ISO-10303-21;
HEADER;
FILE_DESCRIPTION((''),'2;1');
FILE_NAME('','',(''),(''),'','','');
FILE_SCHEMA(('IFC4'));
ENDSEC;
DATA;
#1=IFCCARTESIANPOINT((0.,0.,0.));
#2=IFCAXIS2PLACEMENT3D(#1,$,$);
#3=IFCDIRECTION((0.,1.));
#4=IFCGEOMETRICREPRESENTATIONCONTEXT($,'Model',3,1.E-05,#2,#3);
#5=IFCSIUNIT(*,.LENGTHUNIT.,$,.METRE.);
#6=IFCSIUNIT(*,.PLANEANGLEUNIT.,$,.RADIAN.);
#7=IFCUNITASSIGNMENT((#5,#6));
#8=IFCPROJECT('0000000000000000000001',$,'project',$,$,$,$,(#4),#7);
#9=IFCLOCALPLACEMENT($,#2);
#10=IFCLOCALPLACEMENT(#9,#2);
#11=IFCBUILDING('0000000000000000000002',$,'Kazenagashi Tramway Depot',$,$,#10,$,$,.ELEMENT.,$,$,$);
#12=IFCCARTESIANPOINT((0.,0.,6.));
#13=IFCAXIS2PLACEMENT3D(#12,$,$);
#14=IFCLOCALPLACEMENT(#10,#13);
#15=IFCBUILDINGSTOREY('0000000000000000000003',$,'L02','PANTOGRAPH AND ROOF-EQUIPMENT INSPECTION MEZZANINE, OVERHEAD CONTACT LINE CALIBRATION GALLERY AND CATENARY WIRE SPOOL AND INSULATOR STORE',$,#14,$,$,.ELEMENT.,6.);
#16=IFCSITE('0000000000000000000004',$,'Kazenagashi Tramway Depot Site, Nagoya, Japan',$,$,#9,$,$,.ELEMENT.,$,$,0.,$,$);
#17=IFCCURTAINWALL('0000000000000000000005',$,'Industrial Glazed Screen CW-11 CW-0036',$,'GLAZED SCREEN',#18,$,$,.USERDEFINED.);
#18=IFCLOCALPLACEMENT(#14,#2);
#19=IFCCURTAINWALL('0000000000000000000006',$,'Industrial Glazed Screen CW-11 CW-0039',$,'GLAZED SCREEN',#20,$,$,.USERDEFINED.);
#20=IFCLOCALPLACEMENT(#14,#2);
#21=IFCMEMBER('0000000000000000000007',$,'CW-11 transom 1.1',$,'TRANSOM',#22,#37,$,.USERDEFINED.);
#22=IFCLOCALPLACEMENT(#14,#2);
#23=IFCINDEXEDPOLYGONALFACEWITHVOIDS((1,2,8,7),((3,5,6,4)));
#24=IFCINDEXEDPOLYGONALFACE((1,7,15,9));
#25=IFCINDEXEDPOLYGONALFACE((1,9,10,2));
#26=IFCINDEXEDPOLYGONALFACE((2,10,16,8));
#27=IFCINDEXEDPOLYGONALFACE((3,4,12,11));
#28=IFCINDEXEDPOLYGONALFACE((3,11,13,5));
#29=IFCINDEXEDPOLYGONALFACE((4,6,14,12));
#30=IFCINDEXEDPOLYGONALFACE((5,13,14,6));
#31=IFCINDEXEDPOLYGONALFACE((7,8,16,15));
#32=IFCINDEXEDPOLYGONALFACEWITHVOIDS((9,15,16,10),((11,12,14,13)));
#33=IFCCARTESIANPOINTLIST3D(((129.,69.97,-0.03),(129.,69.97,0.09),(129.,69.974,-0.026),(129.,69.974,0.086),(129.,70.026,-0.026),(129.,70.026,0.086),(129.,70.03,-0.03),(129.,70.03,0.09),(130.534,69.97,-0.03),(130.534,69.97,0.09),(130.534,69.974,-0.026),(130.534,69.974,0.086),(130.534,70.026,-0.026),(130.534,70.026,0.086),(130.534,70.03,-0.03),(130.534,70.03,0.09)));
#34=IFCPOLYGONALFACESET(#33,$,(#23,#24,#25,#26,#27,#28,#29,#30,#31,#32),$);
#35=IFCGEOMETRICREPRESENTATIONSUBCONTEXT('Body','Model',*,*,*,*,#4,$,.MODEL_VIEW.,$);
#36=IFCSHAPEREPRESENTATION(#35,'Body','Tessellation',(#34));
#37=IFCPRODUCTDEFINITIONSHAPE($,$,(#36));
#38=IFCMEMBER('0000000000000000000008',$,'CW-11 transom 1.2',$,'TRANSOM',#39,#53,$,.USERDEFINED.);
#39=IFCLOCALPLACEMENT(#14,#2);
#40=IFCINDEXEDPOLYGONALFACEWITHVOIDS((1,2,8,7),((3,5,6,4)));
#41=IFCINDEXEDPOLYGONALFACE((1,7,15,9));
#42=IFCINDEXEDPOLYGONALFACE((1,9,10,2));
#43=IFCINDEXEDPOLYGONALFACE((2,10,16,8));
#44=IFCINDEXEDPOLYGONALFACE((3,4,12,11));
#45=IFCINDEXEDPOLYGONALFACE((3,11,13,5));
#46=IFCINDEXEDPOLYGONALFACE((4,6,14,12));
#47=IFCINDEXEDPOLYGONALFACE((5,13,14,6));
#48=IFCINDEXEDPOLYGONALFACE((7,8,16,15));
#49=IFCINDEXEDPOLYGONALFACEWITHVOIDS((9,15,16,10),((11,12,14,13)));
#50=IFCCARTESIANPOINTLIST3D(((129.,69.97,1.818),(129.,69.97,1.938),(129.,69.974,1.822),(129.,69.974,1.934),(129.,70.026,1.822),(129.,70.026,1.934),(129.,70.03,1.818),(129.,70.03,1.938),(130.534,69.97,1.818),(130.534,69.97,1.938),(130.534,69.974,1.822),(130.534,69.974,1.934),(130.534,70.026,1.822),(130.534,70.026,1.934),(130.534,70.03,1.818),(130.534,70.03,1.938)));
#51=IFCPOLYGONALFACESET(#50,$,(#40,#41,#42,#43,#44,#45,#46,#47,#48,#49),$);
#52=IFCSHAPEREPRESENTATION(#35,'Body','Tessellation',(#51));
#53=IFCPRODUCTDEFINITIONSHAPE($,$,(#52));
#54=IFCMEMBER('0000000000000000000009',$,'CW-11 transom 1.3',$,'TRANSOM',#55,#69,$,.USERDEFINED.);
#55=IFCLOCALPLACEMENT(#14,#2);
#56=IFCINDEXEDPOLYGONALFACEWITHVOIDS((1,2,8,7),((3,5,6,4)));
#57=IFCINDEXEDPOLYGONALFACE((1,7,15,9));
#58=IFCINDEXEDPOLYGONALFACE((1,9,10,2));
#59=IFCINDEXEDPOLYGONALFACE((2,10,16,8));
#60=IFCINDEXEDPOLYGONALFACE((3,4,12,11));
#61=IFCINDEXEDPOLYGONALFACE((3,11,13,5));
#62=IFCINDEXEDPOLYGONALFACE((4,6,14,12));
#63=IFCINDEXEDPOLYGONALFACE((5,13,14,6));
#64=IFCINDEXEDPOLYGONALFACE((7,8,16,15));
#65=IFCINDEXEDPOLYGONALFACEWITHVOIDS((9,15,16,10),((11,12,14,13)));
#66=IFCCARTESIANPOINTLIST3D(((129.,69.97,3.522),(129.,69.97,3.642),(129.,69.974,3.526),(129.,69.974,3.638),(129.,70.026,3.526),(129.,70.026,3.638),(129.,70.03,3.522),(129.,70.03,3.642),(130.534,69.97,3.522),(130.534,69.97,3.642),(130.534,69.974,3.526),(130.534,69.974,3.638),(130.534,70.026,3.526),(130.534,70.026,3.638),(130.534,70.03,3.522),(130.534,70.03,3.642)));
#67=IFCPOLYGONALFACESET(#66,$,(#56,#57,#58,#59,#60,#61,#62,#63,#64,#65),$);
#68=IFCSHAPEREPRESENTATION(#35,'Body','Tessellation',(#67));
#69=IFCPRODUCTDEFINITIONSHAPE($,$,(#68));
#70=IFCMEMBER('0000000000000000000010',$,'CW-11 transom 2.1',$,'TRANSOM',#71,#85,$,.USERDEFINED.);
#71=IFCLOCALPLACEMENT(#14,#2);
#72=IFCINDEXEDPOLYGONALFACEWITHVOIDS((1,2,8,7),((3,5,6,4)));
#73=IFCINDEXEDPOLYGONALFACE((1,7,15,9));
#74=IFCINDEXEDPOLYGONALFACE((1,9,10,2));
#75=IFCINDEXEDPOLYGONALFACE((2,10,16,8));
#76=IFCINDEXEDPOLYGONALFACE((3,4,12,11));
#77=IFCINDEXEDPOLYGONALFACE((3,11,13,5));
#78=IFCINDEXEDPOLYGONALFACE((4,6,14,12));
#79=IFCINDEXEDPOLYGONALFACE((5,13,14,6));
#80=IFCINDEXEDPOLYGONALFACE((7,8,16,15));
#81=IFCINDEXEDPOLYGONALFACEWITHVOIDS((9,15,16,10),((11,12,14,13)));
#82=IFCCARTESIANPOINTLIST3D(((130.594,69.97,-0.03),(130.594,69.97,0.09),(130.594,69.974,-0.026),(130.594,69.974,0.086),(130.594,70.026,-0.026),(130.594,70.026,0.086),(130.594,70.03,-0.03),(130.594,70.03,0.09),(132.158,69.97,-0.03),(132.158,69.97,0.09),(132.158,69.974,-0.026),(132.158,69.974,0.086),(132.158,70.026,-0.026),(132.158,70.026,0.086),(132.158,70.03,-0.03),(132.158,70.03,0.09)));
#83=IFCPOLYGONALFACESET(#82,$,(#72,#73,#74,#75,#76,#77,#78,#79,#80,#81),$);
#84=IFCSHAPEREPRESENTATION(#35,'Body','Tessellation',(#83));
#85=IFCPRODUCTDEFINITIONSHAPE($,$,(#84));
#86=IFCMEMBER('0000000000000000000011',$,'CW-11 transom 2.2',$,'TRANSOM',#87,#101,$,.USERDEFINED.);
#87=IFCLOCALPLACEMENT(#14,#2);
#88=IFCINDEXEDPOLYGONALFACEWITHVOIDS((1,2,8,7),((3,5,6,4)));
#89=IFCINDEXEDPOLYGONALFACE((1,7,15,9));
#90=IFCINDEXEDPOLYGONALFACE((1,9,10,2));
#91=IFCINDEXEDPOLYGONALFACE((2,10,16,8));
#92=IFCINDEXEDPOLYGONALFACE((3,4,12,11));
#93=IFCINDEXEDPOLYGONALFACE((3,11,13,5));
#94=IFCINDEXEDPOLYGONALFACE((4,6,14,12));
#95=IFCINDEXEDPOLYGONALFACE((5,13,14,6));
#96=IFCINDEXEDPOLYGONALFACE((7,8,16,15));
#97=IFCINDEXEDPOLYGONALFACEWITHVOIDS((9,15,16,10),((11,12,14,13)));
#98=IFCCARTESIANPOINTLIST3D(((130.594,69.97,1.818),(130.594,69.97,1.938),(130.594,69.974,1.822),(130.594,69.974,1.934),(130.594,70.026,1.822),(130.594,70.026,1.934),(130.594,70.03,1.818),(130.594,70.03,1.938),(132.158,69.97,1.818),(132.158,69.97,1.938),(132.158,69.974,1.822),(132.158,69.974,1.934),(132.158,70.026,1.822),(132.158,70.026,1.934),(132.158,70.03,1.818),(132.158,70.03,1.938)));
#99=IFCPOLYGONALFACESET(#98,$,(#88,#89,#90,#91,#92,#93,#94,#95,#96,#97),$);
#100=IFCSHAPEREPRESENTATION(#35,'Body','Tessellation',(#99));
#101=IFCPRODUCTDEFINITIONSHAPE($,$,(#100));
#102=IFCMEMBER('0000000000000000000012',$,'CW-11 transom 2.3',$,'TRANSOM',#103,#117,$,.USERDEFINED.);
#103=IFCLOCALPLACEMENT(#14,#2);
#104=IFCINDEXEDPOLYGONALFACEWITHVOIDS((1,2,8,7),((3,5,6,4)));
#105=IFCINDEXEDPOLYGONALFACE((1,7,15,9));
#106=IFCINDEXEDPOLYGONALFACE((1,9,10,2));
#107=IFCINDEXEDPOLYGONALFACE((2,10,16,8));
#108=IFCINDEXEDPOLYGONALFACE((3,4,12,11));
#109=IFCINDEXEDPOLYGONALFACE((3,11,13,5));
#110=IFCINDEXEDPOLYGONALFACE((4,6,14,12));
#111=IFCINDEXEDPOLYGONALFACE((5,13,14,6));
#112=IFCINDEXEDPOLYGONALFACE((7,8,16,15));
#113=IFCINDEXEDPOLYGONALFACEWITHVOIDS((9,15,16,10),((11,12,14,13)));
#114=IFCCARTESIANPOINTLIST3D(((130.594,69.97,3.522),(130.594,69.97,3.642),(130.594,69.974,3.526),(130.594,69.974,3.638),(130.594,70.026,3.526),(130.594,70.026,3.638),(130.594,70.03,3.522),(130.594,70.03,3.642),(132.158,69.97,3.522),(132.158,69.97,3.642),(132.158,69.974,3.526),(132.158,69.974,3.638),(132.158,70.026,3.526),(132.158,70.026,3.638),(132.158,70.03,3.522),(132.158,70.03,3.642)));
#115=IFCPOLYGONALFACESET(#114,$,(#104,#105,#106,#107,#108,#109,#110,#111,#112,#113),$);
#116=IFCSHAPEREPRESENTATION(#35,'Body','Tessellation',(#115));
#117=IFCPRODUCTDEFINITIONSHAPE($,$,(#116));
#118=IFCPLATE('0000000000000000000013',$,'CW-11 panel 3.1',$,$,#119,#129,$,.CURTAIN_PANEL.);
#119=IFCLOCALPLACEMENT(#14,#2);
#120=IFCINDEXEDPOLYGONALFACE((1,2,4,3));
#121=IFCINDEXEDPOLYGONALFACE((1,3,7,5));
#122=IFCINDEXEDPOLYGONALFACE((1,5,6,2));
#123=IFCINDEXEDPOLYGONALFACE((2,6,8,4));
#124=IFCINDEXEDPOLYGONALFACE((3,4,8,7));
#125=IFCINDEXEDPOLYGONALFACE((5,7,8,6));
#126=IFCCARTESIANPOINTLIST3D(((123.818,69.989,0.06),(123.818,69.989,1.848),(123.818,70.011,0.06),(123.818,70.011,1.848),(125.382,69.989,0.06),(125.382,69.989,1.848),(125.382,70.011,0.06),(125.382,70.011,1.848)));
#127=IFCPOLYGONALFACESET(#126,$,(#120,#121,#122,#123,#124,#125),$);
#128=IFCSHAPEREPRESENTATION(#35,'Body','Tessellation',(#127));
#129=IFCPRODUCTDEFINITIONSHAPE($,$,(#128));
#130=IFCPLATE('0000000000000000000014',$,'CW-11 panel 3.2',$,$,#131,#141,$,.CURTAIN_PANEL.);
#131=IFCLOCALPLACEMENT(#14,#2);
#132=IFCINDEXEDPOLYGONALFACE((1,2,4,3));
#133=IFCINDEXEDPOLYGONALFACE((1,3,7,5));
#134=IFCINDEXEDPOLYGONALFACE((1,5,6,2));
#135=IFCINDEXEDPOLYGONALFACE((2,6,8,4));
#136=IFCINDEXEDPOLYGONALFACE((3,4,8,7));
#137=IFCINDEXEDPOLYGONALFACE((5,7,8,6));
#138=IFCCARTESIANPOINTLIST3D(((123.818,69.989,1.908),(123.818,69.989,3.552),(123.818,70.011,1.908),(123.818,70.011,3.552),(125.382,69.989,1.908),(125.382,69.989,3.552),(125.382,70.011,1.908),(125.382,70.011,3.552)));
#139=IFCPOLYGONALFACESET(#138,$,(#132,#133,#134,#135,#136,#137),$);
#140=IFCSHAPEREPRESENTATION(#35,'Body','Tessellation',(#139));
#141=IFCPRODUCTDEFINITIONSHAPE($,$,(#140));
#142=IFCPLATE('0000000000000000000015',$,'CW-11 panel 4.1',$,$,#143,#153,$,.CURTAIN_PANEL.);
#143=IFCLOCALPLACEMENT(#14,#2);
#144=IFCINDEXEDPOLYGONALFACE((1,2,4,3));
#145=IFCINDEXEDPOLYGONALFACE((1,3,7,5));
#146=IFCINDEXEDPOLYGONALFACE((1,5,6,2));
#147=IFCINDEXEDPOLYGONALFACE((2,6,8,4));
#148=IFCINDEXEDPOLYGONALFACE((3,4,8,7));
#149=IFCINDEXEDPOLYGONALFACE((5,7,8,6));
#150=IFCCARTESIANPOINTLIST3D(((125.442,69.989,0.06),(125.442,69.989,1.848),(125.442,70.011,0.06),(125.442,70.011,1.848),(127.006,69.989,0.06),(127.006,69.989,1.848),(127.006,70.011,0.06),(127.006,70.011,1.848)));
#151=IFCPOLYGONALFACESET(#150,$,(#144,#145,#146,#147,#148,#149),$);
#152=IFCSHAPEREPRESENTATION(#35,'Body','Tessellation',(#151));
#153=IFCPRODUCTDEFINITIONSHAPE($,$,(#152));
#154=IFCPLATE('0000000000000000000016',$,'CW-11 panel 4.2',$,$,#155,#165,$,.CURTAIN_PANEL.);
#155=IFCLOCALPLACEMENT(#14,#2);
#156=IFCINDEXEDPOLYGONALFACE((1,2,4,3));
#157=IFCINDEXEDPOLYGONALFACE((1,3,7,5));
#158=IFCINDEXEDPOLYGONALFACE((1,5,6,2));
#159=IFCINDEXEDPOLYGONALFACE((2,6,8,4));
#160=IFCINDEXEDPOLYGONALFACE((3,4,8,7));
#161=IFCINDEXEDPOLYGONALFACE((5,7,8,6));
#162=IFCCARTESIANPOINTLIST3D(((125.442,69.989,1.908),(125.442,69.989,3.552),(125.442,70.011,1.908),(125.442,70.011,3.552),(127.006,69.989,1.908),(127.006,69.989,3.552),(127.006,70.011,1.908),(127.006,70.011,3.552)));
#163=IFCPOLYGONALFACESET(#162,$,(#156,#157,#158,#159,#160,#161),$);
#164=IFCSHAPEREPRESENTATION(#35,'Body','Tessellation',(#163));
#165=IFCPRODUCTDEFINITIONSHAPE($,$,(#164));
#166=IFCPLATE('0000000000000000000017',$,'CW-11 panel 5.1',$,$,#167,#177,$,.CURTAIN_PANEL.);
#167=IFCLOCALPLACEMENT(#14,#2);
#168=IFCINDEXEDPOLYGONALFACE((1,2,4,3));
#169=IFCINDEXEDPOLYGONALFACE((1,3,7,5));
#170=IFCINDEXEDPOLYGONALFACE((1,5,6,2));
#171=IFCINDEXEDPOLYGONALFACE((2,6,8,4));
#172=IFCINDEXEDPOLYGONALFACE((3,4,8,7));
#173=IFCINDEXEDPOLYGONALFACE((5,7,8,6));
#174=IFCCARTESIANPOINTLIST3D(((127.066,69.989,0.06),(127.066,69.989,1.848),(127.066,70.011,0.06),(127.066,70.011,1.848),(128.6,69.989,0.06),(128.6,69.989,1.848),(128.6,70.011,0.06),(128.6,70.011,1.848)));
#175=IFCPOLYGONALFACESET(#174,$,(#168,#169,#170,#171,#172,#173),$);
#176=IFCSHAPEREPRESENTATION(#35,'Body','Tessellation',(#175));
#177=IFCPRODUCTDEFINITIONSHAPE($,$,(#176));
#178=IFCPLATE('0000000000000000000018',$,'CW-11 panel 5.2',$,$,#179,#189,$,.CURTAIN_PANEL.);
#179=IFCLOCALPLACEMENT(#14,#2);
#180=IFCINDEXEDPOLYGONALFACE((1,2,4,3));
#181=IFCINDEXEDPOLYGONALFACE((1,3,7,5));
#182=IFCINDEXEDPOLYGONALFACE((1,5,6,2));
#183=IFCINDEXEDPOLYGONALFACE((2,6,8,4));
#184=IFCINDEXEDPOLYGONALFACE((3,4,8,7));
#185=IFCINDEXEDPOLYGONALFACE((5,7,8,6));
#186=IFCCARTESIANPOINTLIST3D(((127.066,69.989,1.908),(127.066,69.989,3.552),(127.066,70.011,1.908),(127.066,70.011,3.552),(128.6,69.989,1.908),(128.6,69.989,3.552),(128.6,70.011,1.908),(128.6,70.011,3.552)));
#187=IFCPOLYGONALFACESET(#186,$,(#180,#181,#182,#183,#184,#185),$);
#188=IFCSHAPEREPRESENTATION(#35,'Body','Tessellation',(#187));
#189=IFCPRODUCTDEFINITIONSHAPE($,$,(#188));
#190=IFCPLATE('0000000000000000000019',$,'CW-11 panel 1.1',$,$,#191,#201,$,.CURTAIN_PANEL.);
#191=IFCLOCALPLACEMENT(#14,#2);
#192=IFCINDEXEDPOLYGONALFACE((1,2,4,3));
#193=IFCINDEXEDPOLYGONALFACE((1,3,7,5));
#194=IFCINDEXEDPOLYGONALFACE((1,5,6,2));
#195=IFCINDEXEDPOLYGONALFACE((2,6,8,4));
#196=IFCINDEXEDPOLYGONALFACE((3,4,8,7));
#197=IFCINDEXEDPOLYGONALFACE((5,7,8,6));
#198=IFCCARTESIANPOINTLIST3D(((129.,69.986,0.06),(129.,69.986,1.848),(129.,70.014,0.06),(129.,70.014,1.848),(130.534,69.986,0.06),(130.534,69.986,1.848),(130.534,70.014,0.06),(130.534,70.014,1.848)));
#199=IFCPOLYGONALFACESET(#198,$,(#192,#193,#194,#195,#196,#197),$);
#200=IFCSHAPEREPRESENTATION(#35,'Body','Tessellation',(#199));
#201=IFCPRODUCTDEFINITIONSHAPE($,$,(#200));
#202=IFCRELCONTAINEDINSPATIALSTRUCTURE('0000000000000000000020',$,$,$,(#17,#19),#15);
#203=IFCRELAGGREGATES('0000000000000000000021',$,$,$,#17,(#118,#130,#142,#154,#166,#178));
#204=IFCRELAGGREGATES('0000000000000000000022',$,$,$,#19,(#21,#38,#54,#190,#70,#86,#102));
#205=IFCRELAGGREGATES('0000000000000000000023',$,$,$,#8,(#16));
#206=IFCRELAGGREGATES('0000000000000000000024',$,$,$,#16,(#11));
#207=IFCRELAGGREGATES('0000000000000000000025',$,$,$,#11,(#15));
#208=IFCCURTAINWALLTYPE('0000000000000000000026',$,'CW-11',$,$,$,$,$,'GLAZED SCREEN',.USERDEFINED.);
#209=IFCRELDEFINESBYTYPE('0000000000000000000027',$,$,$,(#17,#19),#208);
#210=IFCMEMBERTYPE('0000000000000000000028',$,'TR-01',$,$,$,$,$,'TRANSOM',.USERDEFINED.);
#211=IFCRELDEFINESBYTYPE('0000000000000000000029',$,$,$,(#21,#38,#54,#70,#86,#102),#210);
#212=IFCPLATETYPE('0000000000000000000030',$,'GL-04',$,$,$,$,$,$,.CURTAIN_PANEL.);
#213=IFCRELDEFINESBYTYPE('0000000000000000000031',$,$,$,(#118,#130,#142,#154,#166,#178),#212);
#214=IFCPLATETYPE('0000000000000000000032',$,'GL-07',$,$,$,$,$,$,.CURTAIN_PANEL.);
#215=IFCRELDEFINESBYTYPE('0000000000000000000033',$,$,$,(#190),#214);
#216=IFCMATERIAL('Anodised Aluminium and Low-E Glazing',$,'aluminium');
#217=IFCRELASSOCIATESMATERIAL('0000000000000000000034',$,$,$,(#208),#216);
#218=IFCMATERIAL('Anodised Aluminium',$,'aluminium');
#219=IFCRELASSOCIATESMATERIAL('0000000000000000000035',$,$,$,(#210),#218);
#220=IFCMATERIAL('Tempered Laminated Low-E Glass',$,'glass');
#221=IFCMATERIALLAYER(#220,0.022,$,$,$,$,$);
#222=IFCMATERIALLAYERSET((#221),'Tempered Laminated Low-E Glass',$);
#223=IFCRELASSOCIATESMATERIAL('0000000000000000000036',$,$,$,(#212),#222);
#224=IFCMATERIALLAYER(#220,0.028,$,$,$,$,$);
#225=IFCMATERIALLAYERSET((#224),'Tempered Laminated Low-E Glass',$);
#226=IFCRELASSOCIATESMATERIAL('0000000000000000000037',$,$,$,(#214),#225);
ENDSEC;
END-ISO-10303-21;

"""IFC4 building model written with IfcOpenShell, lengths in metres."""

from ifc_helpers import new_model, si_unit, direction, frame, origin, origin_2d, place, context, subcontext, project, spatial, rectangle, hollow_rectangle, extrude, material, layer, layer_set, material_profile, profile_set, type_object, element, aggregate, save


model = new_model("IFC4")

# Units and contexts
model_context = context("Model", 3, precision=1e-05, world=origin(), true_north=direction((0.0, 1.0)))
body_context = subcontext(model_context, "Body", "Model", "MODEL_VIEW")
ifc_project = project(units=[si_unit("LENGTHUNIT", "METRE"), si_unit("PLANEANGLEUNIT", "RADIAN")], contexts=[model_context])

# Site, building, storey
site_placement = place(None, origin())
site = spatial("IfcSite", under=ifc_project, at=site_placement, Name="Kazenagashi Tramway Depot Site, Nagoya, Japan", CompositionType="ELEMENT", RefElevation=0.0)
building_placement = place(site_placement, origin())
building = spatial("IfcBuilding", under=site, at=building_placement, Name="Kazenagashi Tramway Depot", CompositionType="ELEMENT")
storey_placement = place(building_placement, frame((0.0, 0.0, 6.0)))
storey = spatial("IfcBuildingStorey", under=building, at=storey_placement, Name="L02", Description="PANTOGRAPH AND ROOF-EQUIPMENT INSPECTION MEZZANINE, OVERHEAD CONTACT LINE CALIBRATION GALLERY AND CATENARY WIRE SPOOL AND INSULATOR STORE", CompositionType="ELEMENT", Elevation=6.0)

# Curtain walls
ifc_material_1 = material(Name="Anodised Aluminium and Low-E Glazing", Category="aluminium")
curtain_wall_type = type_object("IfcCurtainWallType", Name="CW-11", ElementType="GLAZED SCREEN", PredefinedType="USERDEFINED", material=ifc_material_1)
curtain_wall_1_placement = place(storey_placement, origin())
curtain_wall_1 = element("IfcCurtainWall", 1, at=curtain_wall_1_placement, inside=storey, type_object=curtain_wall_type, Name="Industrial Glazed Screen CW-11 CW-0036", ObjectType="GLAZED SCREEN", PredefinedType="USERDEFINED")
ifc_material_2 = material(Name="Anodised Aluminium", Category="aluminium")
curtain_wall_2_placement = place(storey_placement, origin())
curtain_wall_2 = element("IfcCurtainWall", 2, at=curtain_wall_2_placement, inside=storey, type_object=curtain_wall_type, Name="Industrial Glazed Screen CW-11 CW-0039", ObjectType="GLAZED SCREEN", PredefinedType="USERDEFINED")

# Members
ifc_material_profile_1 = material_profile(ifc_material_2, hollow_rectangle(XDim=0.06, YDim=0.12, WallThickness=0.004, at=origin_2d()), Name="RHS-120x60x4")
ifc_profile_set_1 = profile_set([ifc_material_profile_1], Name="Anodised Aluminium")
member_type_1 = type_object("IfcMemberType", Name="TR-01", ElementType="TRANSOM", PredefinedType="USERDEFINED", material=ifc_profile_set_1)
member_1_placement = place(storey_placement, frame((129.0, 70.0, 0.03), z_axis=(1.0, 0.0, 0.0), x_axis=(0.0, 1.0, 0.0)))
member_1 = element("IfcMember", 3, at=member_1_placement, type_object=member_type_1, Name="CW-11 transom 1.1", ObjectType="TRANSOM", PredefinedType="USERDEFINED", context=body_context, shape_type="SweptSolid", body=[
    extrude(hollow_rectangle(XDim=0.06, YDim=0.12, WallThickness=0.004, at=origin_2d()), origin(), (0.0, 0.0, 1.0), 1.534),
])
member_2_placement = place(storey_placement, frame((129.0, 70.0, 1.878), z_axis=(1.0, 0.0, 0.0), x_axis=(0.0, 1.0, 0.0)))
member_2 = element("IfcMember", 4, at=member_2_placement, type_object=member_type_1, Name="CW-11 transom 1.2", ObjectType="TRANSOM", PredefinedType="USERDEFINED", context=body_context, shape_type="SweptSolid", body=[
    extrude(hollow_rectangle(XDim=0.06, YDim=0.12, WallThickness=0.004, at=origin_2d()), origin(), (0.0, 0.0, 1.0), 1.534),
])
member_3_placement = place(storey_placement, frame((129.0, 70.0, 3.582), z_axis=(1.0, 0.0, 0.0), x_axis=(0.0, 1.0, 0.0)))
member_3 = element("IfcMember", 5, at=member_3_placement, type_object=member_type_1, Name="CW-11 transom 1.3", ObjectType="TRANSOM", PredefinedType="USERDEFINED", context=body_context, shape_type="SweptSolid", body=[
    extrude(hollow_rectangle(XDim=0.06, YDim=0.12, WallThickness=0.004, at=origin_2d()), origin(), (0.0, 0.0, 1.0), 1.534),
])
member_4_placement = place(storey_placement, frame((130.594, 70.0, 0.03), z_axis=(1.0, 0.0, 0.0), x_axis=(0.0, 1.0, 0.0)))
member_4 = element("IfcMember", 6, at=member_4_placement, type_object=member_type_1, Name="CW-11 transom 2.1", ObjectType="TRANSOM", PredefinedType="USERDEFINED", context=body_context, shape_type="SweptSolid", body=[
    extrude(hollow_rectangle(XDim=0.06, YDim=0.12, WallThickness=0.004, at=origin_2d()), origin(), (0.0, 0.0, 1.0), 1.564),
])
member_5_placement = place(storey_placement, frame((130.594, 70.0, 1.878), z_axis=(1.0, 0.0, 0.0), x_axis=(0.0, 1.0, 0.0)))
member_5 = element("IfcMember", 7, at=member_5_placement, type_object=member_type_1, Name="CW-11 transom 2.2", ObjectType="TRANSOM", PredefinedType="USERDEFINED", context=body_context, shape_type="SweptSolid", body=[
    extrude(hollow_rectangle(XDim=0.06, YDim=0.12, WallThickness=0.004, at=origin_2d()), origin(), (0.0, 0.0, 1.0), 1.564),
])
member_6_placement = place(storey_placement, frame((130.594, 70.0, 3.582), z_axis=(1.0, 0.0, 0.0), x_axis=(0.0, 1.0, 0.0)))
member_6 = element("IfcMember", 8, at=member_6_placement, type_object=member_type_1, Name="CW-11 transom 2.3", ObjectType="TRANSOM", PredefinedType="USERDEFINED", context=body_context, shape_type="SweptSolid", body=[
    extrude(hollow_rectangle(XDim=0.06, YDim=0.12, WallThickness=0.004, at=origin_2d()), origin(), (0.0, 0.0, 1.0), 1.564),
])

# Plates
ifc_material_3 = material(Name="Tempered Laminated Low-E Glass", Category="glass")
ifc_layer_1 = layer(ifc_material_3, 0.022)
ifc_layer_set_1 = layer_set([ifc_layer_1], Name="Tempered Laminated Low-E Glass")
plate_type_1 = type_object("IfcPlateType", Name="GL-04", PredefinedType="CURTAIN_PANEL", material=ifc_layer_set_1)
plate_1_placement = place(storey_placement, frame((124.6, 70.0, 0.06), z_axis=(0.0, 0.0, 1.0), x_axis=(1.0, 0.0, 0.0)))
plate_1 = element("IfcPlate", 9, at=plate_1_placement, type_object=plate_type_1, Name="CW-11 panel 3.1", PredefinedType="CURTAIN_PANEL", context=body_context, shape_type="SweptSolid", body=[
    extrude(rectangle(XDim=1.564, YDim=0.022, at=origin_2d()), origin(), (0.0, 0.0, 1.0), 1.788),
])
plate_2_placement = place(storey_placement, frame((124.6, 70.0, 1.908), z_axis=(0.0, 0.0, 1.0), x_axis=(1.0, 0.0, 0.0)))
plate_2 = element("IfcPlate", 10, at=plate_2_placement, type_object=plate_type_1, Name="CW-11 panel 3.2", PredefinedType="CURTAIN_PANEL", context=body_context, shape_type="SweptSolid", body=[
    extrude(rectangle(XDim=1.564, YDim=0.022, at=origin_2d()), origin(), (0.0, 0.0, 1.0), 1.644),
])
plate_3_placement = place(storey_placement, frame((126.224, 70.0, 0.06), z_axis=(0.0, 0.0, 1.0), x_axis=(1.0, 0.0, 0.0)))
plate_3 = element("IfcPlate", 11, at=plate_3_placement, type_object=plate_type_1, Name="CW-11 panel 4.1", PredefinedType="CURTAIN_PANEL", context=body_context, shape_type="SweptSolid", body=[
    extrude(rectangle(XDim=1.564, YDim=0.022, at=origin_2d()), origin(), (0.0, 0.0, 1.0), 1.788),
])
plate_4_placement = place(storey_placement, frame((126.224, 70.0, 1.908), z_axis=(0.0, 0.0, 1.0), x_axis=(1.0, 0.0, 0.0)))
plate_4 = element("IfcPlate", 12, at=plate_4_placement, type_object=plate_type_1, Name="CW-11 panel 4.2", PredefinedType="CURTAIN_PANEL", context=body_context, shape_type="SweptSolid", body=[
    extrude(rectangle(XDim=1.564, YDim=0.022, at=origin_2d()), origin(), (0.0, 0.0, 1.0), 1.644),
])
plate_5_placement = place(storey_placement, frame((127.833, 70.0, 0.06), z_axis=(0.0, 0.0, 1.0), x_axis=(1.0, 0.0, 0.0)))
plate_5 = element("IfcPlate", 13, at=plate_5_placement, type_object=plate_type_1, Name="CW-11 panel 5.1", PredefinedType="CURTAIN_PANEL", context=body_context, shape_type="SweptSolid", body=[
    extrude(rectangle(XDim=1.534, YDim=0.022, at=origin_2d()), origin(), (0.0, 0.0, 1.0), 1.788),
])
plate_6_placement = place(storey_placement, frame((127.833, 70.0, 1.908), z_axis=(0.0, 0.0, 1.0), x_axis=(1.0, 0.0, 0.0)))
plate_6 = element("IfcPlate", 14, at=plate_6_placement, type_object=plate_type_1, Name="CW-11 panel 5.2", PredefinedType="CURTAIN_PANEL", context=body_context, shape_type="SweptSolid", body=[
    extrude(rectangle(XDim=1.534, YDim=0.022, at=origin_2d()), origin(), (0.0, 0.0, 1.0), 1.644),
])
aggregate(curtain_wall_1, [plate_1, plate_2, plate_3, plate_4, plate_5, plate_6])
ifc_layer_2 = layer(ifc_material_3, 0.028)
ifc_layer_set_2 = layer_set([ifc_layer_2], Name="Tempered Laminated Low-E Glass")
plate_type_2 = type_object("IfcPlateType", Name="GL-07", PredefinedType="CURTAIN_PANEL", material=ifc_layer_set_2)
plate_7_placement = place(storey_placement, frame((129.767, 70.0, 0.06), z_axis=(0.0, 0.0, 1.0), x_axis=(1.0, 0.0, 0.0)))
plate_7 = element("IfcPlate", 15, at=plate_7_placement, type_object=plate_type_2, Name="CW-11 panel 1.1", PredefinedType="CURTAIN_PANEL", context=body_context, shape_type="SweptSolid", body=[
    extrude(rectangle(XDim=1.534, YDim=0.028, at=origin_2d()), origin(), (0.0, 0.0, 1.0), 1.788),
])
aggregate(curtain_wall_2, [member_1, member_2, member_3, plate_7, member_4, member_5, member_6])

save(model, "model.ifc")
